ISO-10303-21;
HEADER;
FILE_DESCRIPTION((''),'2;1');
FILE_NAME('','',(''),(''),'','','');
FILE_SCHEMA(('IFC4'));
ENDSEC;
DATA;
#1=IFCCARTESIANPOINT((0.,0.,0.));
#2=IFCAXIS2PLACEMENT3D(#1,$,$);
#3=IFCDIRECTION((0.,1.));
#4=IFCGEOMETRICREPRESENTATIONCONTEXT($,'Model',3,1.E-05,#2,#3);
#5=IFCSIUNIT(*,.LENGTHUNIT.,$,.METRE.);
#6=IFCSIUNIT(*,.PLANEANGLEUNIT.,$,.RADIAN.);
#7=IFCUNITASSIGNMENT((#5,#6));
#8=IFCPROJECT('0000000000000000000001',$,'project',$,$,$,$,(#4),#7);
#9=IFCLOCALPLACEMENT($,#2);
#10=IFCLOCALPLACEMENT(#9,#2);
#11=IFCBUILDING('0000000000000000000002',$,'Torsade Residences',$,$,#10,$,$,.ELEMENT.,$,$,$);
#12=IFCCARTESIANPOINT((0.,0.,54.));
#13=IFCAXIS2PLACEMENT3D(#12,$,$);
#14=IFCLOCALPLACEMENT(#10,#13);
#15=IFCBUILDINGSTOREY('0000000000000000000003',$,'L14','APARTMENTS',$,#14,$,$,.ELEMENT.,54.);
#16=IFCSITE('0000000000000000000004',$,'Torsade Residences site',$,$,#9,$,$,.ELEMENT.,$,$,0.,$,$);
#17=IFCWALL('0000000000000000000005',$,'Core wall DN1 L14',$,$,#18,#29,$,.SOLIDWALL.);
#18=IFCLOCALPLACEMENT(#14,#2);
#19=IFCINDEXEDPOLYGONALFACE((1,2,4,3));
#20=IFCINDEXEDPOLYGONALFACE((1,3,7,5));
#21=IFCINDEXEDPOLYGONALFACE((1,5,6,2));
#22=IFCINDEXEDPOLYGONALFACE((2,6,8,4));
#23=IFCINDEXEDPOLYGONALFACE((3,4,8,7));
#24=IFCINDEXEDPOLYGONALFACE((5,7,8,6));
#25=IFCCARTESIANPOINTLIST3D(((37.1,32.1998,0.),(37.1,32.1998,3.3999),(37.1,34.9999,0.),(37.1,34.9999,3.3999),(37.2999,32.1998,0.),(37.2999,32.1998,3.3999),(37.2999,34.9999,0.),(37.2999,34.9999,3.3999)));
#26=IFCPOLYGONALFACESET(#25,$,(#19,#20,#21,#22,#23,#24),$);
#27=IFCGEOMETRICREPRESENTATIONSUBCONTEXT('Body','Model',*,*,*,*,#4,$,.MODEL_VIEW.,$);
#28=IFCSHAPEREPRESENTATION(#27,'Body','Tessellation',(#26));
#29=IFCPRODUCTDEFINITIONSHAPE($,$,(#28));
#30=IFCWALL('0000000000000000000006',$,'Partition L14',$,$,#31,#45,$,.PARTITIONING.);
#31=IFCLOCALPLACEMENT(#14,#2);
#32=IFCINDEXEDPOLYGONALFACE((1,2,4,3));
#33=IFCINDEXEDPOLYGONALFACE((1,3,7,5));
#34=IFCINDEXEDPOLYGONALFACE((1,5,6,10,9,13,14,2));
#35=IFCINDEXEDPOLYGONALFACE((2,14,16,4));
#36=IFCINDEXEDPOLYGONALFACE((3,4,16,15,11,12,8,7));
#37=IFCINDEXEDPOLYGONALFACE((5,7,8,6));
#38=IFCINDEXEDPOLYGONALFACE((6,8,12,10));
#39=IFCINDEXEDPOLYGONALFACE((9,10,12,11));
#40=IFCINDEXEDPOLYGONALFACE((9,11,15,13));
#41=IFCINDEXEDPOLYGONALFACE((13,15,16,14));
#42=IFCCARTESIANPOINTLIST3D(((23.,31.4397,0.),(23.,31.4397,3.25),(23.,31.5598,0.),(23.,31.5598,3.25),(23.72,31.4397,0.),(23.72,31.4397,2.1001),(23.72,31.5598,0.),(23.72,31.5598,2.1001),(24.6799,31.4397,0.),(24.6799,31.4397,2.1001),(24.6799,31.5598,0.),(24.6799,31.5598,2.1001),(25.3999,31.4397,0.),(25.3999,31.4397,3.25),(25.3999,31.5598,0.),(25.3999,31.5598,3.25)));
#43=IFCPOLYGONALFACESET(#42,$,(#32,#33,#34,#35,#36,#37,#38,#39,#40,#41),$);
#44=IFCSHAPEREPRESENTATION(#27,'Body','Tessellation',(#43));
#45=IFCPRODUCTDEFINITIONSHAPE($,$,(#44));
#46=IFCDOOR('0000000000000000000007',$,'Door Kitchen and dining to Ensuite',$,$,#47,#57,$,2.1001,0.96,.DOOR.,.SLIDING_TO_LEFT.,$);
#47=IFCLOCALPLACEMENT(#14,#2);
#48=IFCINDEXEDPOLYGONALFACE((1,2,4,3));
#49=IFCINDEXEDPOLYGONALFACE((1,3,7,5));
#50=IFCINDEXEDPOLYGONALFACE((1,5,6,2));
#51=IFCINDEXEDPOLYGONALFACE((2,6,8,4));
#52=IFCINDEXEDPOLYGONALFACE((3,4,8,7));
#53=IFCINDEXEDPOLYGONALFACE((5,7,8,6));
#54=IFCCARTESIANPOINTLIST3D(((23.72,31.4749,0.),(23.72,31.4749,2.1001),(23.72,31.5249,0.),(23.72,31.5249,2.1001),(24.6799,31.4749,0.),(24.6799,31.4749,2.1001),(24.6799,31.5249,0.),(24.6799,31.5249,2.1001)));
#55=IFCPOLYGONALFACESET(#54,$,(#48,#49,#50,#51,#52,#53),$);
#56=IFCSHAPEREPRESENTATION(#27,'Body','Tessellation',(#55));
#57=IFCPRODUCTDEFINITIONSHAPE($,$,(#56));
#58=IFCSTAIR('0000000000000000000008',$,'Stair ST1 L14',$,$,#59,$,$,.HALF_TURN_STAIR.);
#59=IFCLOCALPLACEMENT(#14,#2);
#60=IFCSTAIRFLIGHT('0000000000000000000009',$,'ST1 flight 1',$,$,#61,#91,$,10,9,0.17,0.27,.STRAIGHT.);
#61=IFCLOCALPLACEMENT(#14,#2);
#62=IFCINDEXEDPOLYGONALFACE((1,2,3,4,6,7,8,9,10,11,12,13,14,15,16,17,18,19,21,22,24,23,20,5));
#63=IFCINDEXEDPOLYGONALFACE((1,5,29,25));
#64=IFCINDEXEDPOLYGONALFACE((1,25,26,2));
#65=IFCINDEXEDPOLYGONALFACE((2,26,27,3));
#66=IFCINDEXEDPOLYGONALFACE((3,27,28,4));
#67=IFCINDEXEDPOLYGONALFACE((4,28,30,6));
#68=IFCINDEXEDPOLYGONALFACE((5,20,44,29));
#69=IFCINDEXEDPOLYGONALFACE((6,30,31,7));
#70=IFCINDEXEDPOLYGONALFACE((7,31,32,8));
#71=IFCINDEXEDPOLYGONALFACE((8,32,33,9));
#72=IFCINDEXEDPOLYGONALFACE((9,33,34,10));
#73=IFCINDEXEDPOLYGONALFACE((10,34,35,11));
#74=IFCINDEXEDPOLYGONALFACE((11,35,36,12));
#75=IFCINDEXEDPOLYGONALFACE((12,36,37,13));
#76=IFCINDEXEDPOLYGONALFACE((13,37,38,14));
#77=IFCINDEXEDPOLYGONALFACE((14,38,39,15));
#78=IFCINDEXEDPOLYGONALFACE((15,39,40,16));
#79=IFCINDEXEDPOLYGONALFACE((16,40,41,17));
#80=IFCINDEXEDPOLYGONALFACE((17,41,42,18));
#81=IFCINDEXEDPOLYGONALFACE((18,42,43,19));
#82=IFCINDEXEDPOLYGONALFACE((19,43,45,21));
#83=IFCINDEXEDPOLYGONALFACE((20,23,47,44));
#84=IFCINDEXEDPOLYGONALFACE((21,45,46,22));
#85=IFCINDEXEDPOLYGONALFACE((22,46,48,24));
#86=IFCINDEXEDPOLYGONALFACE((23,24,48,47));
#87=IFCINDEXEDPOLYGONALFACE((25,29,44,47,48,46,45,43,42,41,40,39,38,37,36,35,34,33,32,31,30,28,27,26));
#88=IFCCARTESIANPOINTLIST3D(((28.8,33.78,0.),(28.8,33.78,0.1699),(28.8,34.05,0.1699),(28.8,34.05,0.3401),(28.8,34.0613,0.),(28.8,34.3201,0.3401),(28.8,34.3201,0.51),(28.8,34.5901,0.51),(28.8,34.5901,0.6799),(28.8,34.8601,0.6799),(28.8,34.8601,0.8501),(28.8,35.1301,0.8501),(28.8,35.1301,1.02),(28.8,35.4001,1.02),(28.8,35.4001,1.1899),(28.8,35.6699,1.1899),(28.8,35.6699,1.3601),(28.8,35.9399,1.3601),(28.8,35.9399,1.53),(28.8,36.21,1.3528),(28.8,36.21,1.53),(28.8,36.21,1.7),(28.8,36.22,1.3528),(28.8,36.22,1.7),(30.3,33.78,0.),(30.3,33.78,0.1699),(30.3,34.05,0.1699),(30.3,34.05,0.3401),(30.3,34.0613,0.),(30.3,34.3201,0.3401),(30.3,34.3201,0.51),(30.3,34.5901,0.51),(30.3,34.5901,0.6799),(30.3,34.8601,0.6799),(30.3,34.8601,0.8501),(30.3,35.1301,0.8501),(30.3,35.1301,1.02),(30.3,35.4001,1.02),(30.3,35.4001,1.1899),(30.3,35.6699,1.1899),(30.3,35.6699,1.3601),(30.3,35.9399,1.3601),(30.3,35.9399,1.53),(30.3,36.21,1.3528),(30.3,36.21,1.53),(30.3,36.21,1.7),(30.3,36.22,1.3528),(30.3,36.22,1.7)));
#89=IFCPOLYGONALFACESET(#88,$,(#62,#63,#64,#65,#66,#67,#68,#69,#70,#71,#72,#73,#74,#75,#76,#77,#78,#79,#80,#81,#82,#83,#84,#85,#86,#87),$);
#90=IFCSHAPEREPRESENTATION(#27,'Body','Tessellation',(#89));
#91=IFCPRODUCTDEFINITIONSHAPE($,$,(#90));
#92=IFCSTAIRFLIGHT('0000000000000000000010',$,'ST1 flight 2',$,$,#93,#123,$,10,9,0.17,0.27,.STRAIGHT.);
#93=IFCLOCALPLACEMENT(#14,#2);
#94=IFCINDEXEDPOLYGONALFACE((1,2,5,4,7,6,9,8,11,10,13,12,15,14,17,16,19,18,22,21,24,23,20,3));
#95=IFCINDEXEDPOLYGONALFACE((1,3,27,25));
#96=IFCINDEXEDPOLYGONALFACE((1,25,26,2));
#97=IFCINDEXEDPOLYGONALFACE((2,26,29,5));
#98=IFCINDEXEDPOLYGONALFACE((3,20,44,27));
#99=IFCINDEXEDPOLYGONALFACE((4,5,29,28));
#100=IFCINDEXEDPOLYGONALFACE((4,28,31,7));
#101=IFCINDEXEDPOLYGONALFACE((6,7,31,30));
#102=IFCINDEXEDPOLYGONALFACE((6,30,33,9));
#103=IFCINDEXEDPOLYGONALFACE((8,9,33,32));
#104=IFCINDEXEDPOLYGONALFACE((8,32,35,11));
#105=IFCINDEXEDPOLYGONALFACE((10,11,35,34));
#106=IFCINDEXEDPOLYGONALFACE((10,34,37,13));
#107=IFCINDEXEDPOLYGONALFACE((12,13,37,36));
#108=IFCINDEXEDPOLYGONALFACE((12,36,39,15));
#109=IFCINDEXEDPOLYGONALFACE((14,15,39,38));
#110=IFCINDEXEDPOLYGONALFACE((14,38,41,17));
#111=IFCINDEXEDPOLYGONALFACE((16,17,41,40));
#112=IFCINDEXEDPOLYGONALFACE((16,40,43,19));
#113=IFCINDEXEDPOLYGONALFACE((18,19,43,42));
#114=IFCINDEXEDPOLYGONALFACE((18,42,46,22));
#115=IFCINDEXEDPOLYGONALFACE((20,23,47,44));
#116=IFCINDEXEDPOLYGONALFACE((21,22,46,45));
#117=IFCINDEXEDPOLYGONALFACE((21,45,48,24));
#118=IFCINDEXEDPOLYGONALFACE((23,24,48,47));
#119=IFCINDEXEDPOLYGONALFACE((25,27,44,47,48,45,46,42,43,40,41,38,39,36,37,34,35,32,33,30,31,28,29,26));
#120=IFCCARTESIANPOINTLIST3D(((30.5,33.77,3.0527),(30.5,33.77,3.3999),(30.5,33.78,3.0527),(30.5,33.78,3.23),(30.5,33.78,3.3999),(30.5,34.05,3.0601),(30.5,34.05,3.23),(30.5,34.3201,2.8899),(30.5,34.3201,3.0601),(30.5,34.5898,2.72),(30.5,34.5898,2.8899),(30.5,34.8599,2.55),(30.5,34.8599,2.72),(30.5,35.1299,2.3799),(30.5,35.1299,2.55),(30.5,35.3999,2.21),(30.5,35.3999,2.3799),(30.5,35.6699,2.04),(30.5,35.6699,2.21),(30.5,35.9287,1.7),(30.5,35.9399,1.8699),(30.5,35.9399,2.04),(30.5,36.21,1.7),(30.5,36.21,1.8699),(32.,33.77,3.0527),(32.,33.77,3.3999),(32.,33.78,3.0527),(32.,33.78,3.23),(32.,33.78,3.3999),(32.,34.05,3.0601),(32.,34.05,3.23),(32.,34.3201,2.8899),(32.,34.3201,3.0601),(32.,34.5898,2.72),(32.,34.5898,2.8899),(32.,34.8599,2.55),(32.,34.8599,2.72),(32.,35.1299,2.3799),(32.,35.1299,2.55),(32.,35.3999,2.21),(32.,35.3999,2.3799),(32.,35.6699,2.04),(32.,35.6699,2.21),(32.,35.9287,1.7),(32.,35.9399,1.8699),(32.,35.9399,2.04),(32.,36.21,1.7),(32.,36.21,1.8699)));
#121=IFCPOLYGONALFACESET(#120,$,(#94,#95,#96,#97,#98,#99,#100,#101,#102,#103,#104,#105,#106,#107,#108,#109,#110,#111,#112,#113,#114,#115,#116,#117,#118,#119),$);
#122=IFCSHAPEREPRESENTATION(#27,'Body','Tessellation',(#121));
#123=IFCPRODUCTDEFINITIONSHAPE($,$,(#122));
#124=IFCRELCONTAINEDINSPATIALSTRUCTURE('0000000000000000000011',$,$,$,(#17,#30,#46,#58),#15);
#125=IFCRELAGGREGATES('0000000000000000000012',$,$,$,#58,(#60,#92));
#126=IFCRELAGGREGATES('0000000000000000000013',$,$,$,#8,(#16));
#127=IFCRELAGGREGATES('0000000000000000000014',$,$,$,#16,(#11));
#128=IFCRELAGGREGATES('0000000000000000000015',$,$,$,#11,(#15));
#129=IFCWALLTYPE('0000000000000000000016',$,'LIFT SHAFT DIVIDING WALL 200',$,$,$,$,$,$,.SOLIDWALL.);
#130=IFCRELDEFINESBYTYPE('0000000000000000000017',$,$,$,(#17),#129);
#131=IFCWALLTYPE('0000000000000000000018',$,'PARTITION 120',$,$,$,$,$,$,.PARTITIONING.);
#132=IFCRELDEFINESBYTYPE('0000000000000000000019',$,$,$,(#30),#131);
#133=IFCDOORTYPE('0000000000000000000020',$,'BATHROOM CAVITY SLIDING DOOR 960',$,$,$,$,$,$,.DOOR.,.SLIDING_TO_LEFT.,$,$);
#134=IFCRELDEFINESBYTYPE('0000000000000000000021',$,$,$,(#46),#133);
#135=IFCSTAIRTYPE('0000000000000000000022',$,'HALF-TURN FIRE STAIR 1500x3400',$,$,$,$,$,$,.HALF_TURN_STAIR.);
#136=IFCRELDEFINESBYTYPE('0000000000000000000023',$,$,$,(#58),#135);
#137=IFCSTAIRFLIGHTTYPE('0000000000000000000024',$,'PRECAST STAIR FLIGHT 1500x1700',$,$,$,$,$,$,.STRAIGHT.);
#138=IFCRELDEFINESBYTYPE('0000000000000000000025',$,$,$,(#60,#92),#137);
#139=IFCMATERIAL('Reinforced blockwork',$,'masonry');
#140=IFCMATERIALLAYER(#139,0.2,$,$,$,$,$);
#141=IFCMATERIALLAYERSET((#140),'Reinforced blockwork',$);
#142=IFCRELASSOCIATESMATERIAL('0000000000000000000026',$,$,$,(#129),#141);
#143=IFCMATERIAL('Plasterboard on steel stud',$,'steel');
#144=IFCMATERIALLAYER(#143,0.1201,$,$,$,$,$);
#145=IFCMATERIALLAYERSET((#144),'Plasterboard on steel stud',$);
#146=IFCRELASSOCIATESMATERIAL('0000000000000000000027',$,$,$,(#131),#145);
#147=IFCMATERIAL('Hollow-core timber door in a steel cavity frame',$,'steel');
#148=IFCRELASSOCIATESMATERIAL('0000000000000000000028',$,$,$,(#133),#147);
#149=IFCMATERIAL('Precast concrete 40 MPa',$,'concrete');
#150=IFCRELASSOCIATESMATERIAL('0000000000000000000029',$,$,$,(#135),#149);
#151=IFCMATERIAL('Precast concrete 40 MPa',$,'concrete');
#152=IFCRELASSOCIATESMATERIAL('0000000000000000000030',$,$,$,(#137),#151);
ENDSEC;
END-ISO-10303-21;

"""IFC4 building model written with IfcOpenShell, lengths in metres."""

from ifc_helpers import new_model, si_unit, direction, frame, frame_2d, origin, place, context, subcontext, project, spatial, polyline, rectangle, outline, extrude, material, layer, layer_set, type_object, element, fill, aggregate, save


model = new_model("IFC4")

# Units and contexts
model_context = context("Model", 3, precision=1e-05, world=origin(), true_north=direction((0.0, 1.0)))
body_context = subcontext(model_context, "Body", "Model", "MODEL_VIEW")
ifc_project = project(units=[si_unit("LENGTHUNIT", "METRE"), si_unit("PLANEANGLEUNIT", "RADIAN")], contexts=[model_context])

# Site, building, storey
site_placement = place(None, origin())
site = spatial("IfcSite", under=ifc_project, at=site_placement, Name="Torsade Residences site", CompositionType="ELEMENT", RefElevation=0.0)
building_placement = place(site_placement, origin())
building = spatial("IfcBuilding", under=site, at=building_placement, Name="Torsade Residences", CompositionType="ELEMENT")
storey_placement = place(building_placement, frame((0.0, 0.0, 54.0)))
storey = spatial("IfcBuildingStorey", under=building, at=storey_placement, Name="L14", Description="APARTMENTS", CompositionType="ELEMENT", Elevation=54.0)

# Wall
ifc_material_1 = material(Name="Reinforced blockwork", Category="masonry")
ifc_layer_1 = layer(ifc_material_1, 0.2)
ifc_layer_set_1 = layer_set([ifc_layer_1], Name="Reinforced blockwork")
wall_type_1 = type_object("IfcWallType", Name="LIFT SHAFT DIVIDING WALL 200", PredefinedType="SOLIDWALL", material=ifc_layer_set_1)
wall_1_placement = place(storey_placement, frame((37.2, 32.2, 0.0), z_axis=(0.0, 0.0, 1.0), x_axis=(0.0, 1.0, 0.0)))
element("IfcWall", 1, at=wall_1_placement, inside=storey, type_object=wall_type_1, Name="Core wall DN1 L14", PredefinedType="SOLIDWALL", context=body_context, shape_type="SweptSolid", body=[
    extrude(rectangle(XDim=2.8, YDim=0.2, at=frame_2d((1.3999, 0.0))), origin(), (0.0, 0.0, 1.0), 3.3999),
])

# Wall, opening, door
ifc_material_2 = material(Name="Plasterboard on steel stud", Category="steel")
ifc_layer_2 = layer(ifc_material_2, 0.1201)
ifc_layer_set_2 = layer_set([ifc_layer_2], Name="Plasterboard on steel stud")
wall_type_2 = type_object("IfcWallType", Name="PARTITION 120", PredefinedType="PARTITIONING", material=ifc_layer_set_2)
wall_2_placement = place(storey_placement, frame((25.3999, 31.4998, 0.0), z_axis=(0.0, 0.0, 1.0), x_axis=(-1.0, 0.0, 0.0)))
wall_2 = element("IfcWall", 2, at=wall_2_placement, inside=storey, type_object=wall_type_2, Name="Partition L14", PredefinedType="PARTITIONING", context=body_context, shape_type="SweptSolid", body=[
    extrude(rectangle(XDim=2.3999, YDim=0.1201, at=frame_2d((1.2, 0.0))), origin(), (0.0, 0.0, 1.0), 3.25),
])
opening_1_placement = place(wall_2_placement, frame((0.72, 0.0, 0.0)))
opening_1 = element("IfcOpeningElement", 3, at=opening_1_placement, cuts=wall_2, PredefinedType="OPENING", context=body_context, shape_type="SweptSolid", body=[
    extrude(rectangle(XDim=0.96, YDim=2.1001, at=frame_2d((0.48, 1.05))), frame((0.0, 0.0701, 0.0), z_axis=(0.0, -1.0, 0.0), x_axis=(1.0, 0.0, 0.0)), (0.0, 0.0, 1.0), 0.1401),
])
ifc_material_3 = material(Name="Hollow-core timber door in a steel cavity frame", Category="steel")
door_type_1 = type_object("IfcDoorType", Name="BATHROOM CAVITY SLIDING DOOR 960", OperationType="SLIDING_TO_LEFT", PredefinedType="DOOR", material=ifc_material_3)
door_1_placement = place(opening_1_placement, origin())
door_1 = element("IfcDoor", 4, at=door_1_placement, inside=storey, type_object=door_type_1, Name="Door Kitchen and dining to Ensuite", OperationType="SLIDING_TO_LEFT", OverallHeight=2.1001, OverallWidth=0.96, PredefinedType="DOOR", context=body_context, shape_type="SweptSolid", body=[
    extrude(rectangle(XDim=0.96, YDim=2.1001, at=frame_2d((0.48, 1.05))), frame((0.0, 0.0249, 0.0), z_axis=(0.0, -1.0, 0.0), x_axis=(1.0, 0.0, 0.0)), (0.0, 0.0, 1.0), 0.05),
])
fill(opening_1, door_1)

# Stair, stair flights
ifc_material_4 = material(Name="Precast concrete 40 MPa", Category="concrete")
stair_type = type_object("IfcStairType", Name="HALF-TURN FIRE STAIR 1500x3400", PredefinedType="HALF_TURN_STAIR", material=ifc_material_4)
stair_placement = place(storey_placement, origin())
stair = element("IfcStair", 5, at=stair_placement, inside=storey, type_object=stair_type, Name="Stair ST1 L14", PredefinedType="HALF_TURN_STAIR")
ifc_material_5 = material(Name="Precast concrete 40 MPa", Category="concrete")
stair_flight_type = type_object("IfcStairFlightType", Name="PRECAST STAIR FLIGHT 1500x1700", PredefinedType="STRAIGHT", material=ifc_material_5)
stair_flight_1_placement = place(storey_placement, frame((29.55, 33.78, 0.0), z_axis=(0.0, 0.0, 1.0), x_axis=(0.0, 1.0, 0.0)))
stair_flight_1 = element("IfcStairFlight", 6, at=stair_flight_1_placement, type_object=stair_flight_type, Name="ST1 flight 1", NumberOfRisers=10, NumberOfTreads=9, PredefinedType="STRAIGHT", RiserHeight=0.17, TreadLength=0.27, context=body_context, shape_type="SweptSolid", body=[
    extrude(outline(polyline([(0.0, 0.0), (0.0, 0.1699), (0.27, 0.1699), (0.27, 0.3401), (0.54, 0.3401), (0.54, 0.51), (0.8101, 0.51), (0.8101, 0.6799), (1.0801, 0.6799), (1.0801, 0.8501), (1.3501, 0.8501), (1.3501, 1.02), (1.6201, 1.02), (1.6201, 1.1899), (1.8899, 1.1899), (1.8899, 1.3601), (2.1599, 1.3601), (2.1599, 1.53), (2.4299, 1.53), (2.4299, 1.7), (2.4399, 1.7), (2.4399, 1.3528), (2.4299, 1.3528), (0.2812, 0.0), (0.0, 0.0)])), frame((0.0, 0.75, 0.0), z_axis=(0.0, -1.0, 0.0), x_axis=(1.0, 0.0, 0.0)), (0.0, 0.0, 1.0), 1.5),
])
stair_flight_2_placement = place(storey_placement, frame((31.25, 36.21, 1.7), z_axis=(0.0, 0.0, 1.0), x_axis=(0.0, -1.0, 0.0)))
stair_flight_2 = element("IfcStairFlight", 7, at=stair_flight_2_placement, type_object=stair_flight_type, Name="ST1 flight 2", NumberOfRisers=10, NumberOfTreads=9, PredefinedType="STRAIGHT", RiserHeight=0.17, TreadLength=0.27, context=body_context, shape_type="SweptSolid", body=[
    extrude(outline(polyline([(0.0, 0.0), (0.0, 0.1699), (0.27, 0.1699), (0.27, 0.3401), (0.54, 0.3401), (0.54, 0.51), (0.8101, 0.51), (0.8101, 0.6799), (1.0801, 0.6799), (1.0801, 0.8501), (1.3501, 0.8501), (1.3501, 1.02), (1.6201, 1.02), (1.6201, 1.1899), (1.8899, 1.1899), (1.8899, 1.3601), (2.1599, 1.3601), (2.1599, 1.53), (2.4299, 1.53), (2.4299, 1.7), (2.4399, 1.7), (2.4399, 1.3528), (2.4299, 1.3528), (0.2812, 0.0), (0.0, 0.0)])), frame((0.0, 0.75, 0.0), z_axis=(0.0, -1.0, 0.0), x_axis=(1.0, 0.0, 0.0)), (0.0, 0.0, 1.0), 1.5),
])
aggregate(stair, [stair_flight_1, stair_flight_2])

save(model, "model.ifc")
